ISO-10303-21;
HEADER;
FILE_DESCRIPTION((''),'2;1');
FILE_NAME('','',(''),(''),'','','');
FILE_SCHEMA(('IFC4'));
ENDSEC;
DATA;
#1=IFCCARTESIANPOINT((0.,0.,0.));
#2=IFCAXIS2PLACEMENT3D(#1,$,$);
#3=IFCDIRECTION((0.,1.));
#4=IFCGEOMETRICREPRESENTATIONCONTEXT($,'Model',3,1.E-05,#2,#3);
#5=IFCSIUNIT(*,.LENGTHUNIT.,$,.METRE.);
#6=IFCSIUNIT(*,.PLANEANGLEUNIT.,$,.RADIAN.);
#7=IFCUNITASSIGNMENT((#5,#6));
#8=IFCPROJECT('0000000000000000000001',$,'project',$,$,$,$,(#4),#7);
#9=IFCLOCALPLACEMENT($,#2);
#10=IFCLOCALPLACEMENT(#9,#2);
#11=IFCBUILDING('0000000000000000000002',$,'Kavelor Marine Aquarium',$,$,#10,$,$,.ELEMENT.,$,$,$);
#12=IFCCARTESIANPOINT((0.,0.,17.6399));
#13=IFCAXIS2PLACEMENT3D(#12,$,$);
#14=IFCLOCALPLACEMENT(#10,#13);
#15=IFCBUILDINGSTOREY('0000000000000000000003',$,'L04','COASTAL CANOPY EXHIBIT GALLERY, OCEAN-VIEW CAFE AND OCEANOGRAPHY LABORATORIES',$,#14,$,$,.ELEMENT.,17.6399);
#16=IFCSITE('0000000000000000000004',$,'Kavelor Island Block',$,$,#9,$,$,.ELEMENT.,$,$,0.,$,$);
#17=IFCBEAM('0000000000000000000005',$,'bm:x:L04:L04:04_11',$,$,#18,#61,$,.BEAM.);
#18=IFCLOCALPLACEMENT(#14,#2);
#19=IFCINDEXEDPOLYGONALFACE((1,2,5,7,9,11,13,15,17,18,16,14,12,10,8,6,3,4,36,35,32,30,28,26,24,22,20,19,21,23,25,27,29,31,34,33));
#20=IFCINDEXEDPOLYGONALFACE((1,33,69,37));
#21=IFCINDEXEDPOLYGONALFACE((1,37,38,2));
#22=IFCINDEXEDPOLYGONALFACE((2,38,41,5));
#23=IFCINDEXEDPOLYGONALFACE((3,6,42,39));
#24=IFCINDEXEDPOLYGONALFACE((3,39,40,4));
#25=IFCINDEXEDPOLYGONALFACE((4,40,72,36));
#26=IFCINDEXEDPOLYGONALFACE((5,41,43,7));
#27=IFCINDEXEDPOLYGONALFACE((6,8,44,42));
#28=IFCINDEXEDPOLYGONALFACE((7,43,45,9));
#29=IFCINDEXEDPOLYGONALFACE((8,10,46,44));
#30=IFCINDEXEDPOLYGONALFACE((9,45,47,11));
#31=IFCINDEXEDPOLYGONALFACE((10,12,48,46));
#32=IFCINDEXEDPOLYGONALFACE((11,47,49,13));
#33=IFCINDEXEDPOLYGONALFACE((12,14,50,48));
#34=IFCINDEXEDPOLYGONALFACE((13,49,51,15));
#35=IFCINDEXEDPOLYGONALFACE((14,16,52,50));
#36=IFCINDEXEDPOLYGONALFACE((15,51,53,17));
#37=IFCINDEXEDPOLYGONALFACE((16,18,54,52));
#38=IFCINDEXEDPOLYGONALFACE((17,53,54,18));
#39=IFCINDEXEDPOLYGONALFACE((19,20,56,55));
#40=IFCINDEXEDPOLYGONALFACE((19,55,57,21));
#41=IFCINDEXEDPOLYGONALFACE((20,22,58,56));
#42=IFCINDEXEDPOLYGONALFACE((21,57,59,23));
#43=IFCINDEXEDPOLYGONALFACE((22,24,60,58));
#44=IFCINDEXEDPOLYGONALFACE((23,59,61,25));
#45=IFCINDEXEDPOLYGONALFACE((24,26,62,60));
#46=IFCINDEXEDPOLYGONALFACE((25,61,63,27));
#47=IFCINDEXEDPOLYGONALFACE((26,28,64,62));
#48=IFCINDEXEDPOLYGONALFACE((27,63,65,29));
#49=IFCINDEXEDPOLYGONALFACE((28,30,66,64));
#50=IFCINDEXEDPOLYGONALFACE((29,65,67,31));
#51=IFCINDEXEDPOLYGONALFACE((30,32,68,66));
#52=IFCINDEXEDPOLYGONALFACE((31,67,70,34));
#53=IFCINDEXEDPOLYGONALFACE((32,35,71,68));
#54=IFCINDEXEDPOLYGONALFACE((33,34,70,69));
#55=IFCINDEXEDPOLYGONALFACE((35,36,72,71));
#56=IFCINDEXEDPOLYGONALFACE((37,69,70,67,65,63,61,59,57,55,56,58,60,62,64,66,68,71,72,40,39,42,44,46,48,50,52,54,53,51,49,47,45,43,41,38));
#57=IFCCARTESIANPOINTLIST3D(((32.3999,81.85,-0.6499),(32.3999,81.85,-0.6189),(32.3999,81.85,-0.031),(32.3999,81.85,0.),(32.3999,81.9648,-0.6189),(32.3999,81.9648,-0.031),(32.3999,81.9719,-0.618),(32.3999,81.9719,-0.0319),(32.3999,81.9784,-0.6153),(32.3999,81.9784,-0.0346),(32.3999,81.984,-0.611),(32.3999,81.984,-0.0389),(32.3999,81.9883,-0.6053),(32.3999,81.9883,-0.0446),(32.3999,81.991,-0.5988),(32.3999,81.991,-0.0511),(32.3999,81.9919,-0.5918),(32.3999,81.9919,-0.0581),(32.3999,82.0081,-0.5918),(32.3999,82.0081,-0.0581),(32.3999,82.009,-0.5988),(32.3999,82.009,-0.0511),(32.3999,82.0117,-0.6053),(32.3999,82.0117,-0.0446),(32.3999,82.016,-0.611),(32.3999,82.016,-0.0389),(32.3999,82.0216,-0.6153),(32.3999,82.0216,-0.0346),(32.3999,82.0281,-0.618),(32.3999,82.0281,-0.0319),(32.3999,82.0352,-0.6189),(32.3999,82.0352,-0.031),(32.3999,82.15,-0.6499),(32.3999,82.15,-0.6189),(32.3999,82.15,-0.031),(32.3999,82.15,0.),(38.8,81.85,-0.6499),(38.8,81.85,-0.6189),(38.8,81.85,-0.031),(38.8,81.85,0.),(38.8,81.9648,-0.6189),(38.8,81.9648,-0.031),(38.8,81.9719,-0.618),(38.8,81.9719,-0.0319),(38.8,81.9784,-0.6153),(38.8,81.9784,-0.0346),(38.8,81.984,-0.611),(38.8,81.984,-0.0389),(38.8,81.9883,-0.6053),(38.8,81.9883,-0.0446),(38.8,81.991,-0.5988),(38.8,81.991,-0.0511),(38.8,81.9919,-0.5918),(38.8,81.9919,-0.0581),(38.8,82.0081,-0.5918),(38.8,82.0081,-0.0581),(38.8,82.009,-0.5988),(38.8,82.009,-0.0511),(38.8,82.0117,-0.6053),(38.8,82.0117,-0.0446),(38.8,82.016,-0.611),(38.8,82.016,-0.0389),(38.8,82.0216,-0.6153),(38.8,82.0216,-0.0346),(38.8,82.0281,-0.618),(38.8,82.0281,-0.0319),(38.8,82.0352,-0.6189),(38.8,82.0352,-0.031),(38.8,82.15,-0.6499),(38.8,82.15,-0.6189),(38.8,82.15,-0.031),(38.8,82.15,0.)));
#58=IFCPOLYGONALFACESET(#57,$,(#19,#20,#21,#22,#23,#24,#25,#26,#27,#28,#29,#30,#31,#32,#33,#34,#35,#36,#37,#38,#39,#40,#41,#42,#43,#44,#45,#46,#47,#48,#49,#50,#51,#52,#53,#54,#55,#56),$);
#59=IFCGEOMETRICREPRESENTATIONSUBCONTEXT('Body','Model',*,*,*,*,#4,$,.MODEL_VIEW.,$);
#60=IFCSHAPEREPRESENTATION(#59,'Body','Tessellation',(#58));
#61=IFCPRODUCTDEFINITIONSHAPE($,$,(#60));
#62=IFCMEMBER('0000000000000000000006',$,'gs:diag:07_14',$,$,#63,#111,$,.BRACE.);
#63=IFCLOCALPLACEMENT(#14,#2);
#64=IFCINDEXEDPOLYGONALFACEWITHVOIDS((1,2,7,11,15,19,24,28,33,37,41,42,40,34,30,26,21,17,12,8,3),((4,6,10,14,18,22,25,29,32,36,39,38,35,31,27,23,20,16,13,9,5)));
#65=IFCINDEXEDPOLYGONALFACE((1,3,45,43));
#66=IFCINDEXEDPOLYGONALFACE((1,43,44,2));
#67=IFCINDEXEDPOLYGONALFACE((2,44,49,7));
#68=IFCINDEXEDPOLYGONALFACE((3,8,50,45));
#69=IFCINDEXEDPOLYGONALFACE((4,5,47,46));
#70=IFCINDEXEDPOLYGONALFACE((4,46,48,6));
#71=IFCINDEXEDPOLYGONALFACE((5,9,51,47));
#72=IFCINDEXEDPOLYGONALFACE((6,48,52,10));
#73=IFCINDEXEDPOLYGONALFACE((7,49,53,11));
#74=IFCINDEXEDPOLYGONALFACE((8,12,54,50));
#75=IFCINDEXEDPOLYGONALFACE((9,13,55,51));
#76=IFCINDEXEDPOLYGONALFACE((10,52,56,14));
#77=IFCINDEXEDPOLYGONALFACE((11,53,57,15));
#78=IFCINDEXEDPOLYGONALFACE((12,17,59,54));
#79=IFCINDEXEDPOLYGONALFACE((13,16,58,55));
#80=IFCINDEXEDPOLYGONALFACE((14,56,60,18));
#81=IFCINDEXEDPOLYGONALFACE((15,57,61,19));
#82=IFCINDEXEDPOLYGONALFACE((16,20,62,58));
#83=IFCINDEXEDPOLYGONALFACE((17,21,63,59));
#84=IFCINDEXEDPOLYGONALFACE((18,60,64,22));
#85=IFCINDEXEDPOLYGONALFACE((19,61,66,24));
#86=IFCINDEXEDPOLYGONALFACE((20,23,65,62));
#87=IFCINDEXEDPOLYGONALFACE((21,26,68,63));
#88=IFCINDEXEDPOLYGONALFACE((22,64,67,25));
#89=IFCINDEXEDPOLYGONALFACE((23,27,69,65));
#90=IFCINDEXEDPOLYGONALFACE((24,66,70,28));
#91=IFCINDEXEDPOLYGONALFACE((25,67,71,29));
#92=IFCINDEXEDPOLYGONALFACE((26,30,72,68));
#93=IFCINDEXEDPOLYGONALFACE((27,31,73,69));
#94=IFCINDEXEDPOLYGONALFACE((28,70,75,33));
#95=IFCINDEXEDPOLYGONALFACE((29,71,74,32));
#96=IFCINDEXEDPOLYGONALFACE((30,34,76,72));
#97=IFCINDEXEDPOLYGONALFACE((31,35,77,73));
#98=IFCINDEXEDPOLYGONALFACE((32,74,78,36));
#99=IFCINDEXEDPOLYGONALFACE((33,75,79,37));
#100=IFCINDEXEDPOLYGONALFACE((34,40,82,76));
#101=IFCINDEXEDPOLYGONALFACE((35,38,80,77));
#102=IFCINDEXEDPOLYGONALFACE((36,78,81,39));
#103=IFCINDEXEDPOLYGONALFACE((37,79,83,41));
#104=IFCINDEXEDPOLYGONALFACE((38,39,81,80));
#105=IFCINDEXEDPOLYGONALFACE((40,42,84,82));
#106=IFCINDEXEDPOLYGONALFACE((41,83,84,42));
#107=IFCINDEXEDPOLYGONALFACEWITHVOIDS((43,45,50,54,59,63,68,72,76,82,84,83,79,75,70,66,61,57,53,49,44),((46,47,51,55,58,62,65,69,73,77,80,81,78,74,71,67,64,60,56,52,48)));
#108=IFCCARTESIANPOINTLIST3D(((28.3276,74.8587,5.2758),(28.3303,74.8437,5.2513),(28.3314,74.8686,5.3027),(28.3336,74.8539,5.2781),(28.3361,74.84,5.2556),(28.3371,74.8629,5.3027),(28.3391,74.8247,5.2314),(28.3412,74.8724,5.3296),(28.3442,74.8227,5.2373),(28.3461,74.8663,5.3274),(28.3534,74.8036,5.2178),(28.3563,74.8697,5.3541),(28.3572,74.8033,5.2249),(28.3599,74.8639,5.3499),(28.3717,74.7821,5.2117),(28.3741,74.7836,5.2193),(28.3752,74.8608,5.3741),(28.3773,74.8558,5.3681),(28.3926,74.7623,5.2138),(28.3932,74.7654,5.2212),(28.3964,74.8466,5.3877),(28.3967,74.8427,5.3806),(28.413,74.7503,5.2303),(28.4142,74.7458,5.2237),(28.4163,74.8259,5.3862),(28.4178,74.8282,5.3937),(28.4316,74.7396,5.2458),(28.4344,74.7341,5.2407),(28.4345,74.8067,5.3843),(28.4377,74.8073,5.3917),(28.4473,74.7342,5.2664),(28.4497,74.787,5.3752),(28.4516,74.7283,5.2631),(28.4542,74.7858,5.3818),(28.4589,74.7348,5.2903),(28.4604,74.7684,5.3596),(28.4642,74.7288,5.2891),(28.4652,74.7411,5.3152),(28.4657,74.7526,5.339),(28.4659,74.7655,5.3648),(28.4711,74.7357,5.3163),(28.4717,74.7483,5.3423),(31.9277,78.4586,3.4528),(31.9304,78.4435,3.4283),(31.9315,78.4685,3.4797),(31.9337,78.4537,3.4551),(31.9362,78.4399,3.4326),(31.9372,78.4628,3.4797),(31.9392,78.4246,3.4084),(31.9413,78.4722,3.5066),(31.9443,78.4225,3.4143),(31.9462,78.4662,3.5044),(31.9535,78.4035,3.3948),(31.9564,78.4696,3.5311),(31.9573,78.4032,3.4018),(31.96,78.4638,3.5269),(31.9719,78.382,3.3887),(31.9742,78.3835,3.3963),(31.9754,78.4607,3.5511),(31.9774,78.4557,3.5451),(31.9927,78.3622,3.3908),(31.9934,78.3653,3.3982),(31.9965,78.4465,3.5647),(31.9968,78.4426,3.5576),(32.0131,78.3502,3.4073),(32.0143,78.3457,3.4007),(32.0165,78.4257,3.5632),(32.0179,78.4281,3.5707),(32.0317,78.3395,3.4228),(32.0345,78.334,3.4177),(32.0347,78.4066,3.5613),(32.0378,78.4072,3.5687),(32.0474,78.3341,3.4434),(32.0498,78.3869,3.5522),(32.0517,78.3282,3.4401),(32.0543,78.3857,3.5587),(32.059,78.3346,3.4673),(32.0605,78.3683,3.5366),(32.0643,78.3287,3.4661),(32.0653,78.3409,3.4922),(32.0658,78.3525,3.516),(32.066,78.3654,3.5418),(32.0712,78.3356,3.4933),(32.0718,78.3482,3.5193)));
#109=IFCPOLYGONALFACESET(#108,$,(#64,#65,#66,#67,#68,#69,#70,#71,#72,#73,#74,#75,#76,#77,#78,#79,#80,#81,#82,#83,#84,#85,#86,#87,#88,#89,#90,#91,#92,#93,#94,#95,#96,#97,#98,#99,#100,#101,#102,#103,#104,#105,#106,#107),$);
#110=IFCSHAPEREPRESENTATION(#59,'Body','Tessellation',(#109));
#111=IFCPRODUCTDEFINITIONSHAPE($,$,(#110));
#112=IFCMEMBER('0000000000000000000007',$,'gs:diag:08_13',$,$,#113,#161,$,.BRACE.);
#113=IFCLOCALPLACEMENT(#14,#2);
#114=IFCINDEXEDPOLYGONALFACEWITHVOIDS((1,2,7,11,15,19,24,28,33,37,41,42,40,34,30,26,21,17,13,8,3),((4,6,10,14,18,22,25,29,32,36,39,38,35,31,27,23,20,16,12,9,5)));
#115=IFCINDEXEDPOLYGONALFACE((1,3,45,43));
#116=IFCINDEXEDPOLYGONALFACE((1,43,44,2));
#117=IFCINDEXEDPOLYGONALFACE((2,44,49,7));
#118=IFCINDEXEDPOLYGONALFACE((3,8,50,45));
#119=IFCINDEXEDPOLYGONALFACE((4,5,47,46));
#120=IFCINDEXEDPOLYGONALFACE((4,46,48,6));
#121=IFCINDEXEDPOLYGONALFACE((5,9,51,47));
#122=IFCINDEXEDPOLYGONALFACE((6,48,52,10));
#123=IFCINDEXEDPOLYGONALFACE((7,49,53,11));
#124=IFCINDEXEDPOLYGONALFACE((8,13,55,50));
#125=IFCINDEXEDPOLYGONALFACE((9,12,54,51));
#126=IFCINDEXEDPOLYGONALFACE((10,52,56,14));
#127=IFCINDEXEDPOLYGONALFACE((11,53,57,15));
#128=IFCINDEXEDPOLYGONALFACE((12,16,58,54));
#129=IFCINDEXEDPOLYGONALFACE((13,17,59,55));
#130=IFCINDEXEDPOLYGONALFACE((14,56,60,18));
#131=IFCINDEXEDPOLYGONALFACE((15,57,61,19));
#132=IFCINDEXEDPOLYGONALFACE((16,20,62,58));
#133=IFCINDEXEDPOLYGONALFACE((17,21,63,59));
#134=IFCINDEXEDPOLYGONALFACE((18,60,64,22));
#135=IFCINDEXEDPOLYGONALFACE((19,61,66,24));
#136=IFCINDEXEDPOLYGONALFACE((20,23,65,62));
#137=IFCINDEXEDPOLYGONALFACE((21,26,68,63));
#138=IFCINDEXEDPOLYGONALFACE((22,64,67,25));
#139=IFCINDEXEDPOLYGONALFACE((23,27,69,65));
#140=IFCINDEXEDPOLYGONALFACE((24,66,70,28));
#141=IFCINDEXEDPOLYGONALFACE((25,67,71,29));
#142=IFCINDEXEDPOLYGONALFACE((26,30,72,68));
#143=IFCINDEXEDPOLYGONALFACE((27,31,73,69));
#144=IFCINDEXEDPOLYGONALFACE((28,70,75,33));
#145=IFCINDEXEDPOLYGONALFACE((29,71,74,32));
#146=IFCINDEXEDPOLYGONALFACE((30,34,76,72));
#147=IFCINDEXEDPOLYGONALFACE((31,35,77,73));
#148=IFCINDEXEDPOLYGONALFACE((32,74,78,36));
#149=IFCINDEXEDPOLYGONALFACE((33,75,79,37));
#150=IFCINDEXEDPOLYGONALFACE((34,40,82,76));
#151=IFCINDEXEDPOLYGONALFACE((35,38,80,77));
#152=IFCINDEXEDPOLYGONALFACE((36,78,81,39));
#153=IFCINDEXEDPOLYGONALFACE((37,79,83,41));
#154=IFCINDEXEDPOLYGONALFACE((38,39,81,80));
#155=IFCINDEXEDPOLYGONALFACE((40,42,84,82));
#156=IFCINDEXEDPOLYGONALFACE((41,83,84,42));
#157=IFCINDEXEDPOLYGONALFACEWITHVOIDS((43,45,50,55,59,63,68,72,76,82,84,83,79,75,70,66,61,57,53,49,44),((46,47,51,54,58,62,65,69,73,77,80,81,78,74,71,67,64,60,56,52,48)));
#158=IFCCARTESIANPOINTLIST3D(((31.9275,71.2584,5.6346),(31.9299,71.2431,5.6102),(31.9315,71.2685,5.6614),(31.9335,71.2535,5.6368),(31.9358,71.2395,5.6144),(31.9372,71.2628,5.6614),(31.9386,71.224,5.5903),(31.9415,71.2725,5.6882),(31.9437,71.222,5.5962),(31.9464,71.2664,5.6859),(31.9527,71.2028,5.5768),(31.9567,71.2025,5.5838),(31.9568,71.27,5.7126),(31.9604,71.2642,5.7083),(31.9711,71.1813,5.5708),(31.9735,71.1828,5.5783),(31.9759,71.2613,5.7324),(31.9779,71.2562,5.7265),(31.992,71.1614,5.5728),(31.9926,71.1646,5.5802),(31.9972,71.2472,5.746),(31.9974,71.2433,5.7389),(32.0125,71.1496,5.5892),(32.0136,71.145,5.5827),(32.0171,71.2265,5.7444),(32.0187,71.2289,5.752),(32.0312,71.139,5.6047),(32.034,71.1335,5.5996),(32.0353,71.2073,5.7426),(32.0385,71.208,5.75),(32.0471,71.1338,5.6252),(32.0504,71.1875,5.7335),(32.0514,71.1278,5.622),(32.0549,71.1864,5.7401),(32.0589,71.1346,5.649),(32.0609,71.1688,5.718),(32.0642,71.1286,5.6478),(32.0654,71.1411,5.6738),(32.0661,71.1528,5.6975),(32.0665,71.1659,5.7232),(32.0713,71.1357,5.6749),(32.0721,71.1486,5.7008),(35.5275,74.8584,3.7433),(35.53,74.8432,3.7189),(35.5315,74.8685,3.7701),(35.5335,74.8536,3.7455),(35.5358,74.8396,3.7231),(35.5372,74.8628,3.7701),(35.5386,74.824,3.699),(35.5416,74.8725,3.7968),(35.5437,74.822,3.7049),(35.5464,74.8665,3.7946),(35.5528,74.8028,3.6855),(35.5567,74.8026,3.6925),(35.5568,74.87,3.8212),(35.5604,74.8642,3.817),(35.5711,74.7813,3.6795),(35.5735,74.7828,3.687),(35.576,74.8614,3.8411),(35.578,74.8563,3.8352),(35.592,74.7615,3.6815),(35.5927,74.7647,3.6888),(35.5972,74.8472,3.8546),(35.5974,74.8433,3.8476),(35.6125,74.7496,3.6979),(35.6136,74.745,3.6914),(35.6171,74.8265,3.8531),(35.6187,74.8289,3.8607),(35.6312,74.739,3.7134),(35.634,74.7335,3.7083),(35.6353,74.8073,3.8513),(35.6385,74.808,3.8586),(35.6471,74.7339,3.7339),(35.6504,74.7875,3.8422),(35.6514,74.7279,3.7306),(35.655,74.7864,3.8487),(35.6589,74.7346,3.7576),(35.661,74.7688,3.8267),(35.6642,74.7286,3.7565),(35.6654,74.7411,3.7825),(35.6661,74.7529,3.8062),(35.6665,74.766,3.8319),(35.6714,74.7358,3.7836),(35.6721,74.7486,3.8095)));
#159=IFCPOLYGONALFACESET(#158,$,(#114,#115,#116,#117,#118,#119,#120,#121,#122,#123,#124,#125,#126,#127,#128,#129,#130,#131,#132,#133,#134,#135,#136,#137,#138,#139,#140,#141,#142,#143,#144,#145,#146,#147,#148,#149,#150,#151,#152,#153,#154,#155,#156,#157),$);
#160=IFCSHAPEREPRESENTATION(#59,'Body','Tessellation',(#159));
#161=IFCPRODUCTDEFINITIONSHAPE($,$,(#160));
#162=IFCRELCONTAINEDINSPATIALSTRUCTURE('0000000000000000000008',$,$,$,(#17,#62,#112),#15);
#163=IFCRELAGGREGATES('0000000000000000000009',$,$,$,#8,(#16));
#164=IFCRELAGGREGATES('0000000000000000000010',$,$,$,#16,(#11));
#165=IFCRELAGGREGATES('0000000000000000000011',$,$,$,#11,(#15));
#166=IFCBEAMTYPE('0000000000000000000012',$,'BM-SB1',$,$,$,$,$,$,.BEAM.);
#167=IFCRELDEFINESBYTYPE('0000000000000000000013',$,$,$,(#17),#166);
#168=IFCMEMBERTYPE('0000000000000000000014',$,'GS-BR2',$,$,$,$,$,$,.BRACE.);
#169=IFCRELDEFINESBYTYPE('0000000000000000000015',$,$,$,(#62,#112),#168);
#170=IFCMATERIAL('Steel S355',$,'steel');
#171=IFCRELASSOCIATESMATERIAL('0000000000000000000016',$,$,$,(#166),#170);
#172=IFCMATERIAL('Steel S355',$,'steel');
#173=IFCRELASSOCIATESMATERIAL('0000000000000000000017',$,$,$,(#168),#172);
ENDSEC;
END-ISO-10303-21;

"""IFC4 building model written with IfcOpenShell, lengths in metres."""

from ifc_helpers import new_model, si_unit, direction, frame, origin, origin_2d, place, context, subcontext, project, spatial, hollow_circle, i_section, extrude, material, material_profile, profile_set, type_object, element, save


model = new_model("IFC4")

# Units and contexts
model_context = context("Model", 3, precision=1e-05, world=origin(), true_north=direction((0.0, 1.0)))
body_context = subcontext(model_context, "Body", "Model", "MODEL_VIEW")
ifc_project = project(units=[si_unit("LENGTHUNIT", "METRE"), si_unit("PLANEANGLEUNIT", "RADIAN")], contexts=[model_context])

# Site, building, storey
site_placement = place(None, origin())
site = spatial("IfcSite", under=ifc_project, at=site_placement, Name="Kavelor Island Block", CompositionType="ELEMENT", RefElevation=0.0)
building_placement = place(site_placement, origin())
building = spatial("IfcBuilding", under=site, at=building_placement, Name="Kavelor Marine Aquarium", CompositionType="ELEMENT")
storey_placement = place(building_placement, frame((0.0, 0.0, 17.6399)))
storey = spatial("IfcBuildingStorey", under=building, at=storey_placement, Name="L04", Description="COASTAL CANOPY EXHIBIT GALLERY, OCEAN-VIEW CAFE AND OCEANOGRAPHY LABORATORIES", CompositionType="ELEMENT", Elevation=17.6399)

# Beam
ifc_material_1 = material(Name="Steel S355", Category="steel")
ifc_material_profile_1 = material_profile(ifc_material_1, i_section(OverallWidth=0.3, OverallDepth=0.6499, WebThickness=0.0161, FlangeThickness=0.031, FilletRadius=0.0271, at=origin_2d()), Name="HEB 650")
ifc_profile_set_1 = profile_set([ifc_material_profile_1], Name="Steel S355")
beam_type = type_object("IfcBeamType", Name="BM-SB1", PredefinedType="BEAM", material=ifc_profile_set_1)
beam_placement = place(storey_placement, frame((32.3999, 82.0, -0.325), z_axis=(1.0, 0.0, 0.0), x_axis=(0.0, 1.0, 0.0)))
element("IfcBeam", 1, at=beam_placement, inside=storey, type_object=beam_type, Name="bm:x:L04:L04:04_11", PredefinedType="BEAM", context=body_context, shape_type="SweptSolid", body=[
    extrude(i_section(OverallWidth=0.3, OverallDepth=0.6499, WebThickness=0.0161, FlangeThickness=0.031, FilletRadius=0.0271, at=origin_2d()), origin(), (0.0, 0.0, 1.0), 6.4001),
])

# Members
ifc_material_2 = material(Name="Steel S355", Category="steel")
ifc_material_profile_2 = material_profile(ifc_material_2, hollow_circle(Radius=0.0969, WallThickness=0.0081, at=origin_2d()), Name="CHS 193.7x8.0")
ifc_profile_set_2 = profile_set([ifc_material_profile_2], Name="Steel S355")
member_type_1 = type_object("IfcMemberType", Name="GS-BR2", PredefinedType="BRACE", material=ifc_profile_set_2)
member_1_placement = place(storey_placement, frame((28.3999, 74.8, 5.3027), z_axis=(0.665738, 0.665693, -0.337113), x_axis=(-0.707083, 0.707131, 0.0)))
element("IfcMember", 2, at=member_1_placement, inside=storey, type_object=member_type_1, Name="gs:diag:07_14", PredefinedType="BRACE", context=body_context, shape_type="SweptSolid", body=[
    extrude(hollow_circle(Radius=0.0969, WallThickness=0.0081, at=origin_2d()), origin(), (0.0, 0.0, 1.0), 5.4077),
])
member_2_placement = place(storey_placement, frame((32.0, 71.2, 5.6614), z_axis=(0.662847, 0.662847, -0.348235), x_axis=(-0.707107, 0.707107, 0.0)))
element("IfcMember", 3, at=member_2_placement, inside=storey, type_object=member_type_1, Name="gs:diag:08_13", PredefinedType="BRACE", context=body_context, shape_type="SweptSolid", body=[
    extrude(hollow_circle(Radius=0.0969, WallThickness=0.0081, at=origin_2d()), origin(), (0.0, 0.0, 1.0), 5.4312),
])

save(model, "model.ifc")
